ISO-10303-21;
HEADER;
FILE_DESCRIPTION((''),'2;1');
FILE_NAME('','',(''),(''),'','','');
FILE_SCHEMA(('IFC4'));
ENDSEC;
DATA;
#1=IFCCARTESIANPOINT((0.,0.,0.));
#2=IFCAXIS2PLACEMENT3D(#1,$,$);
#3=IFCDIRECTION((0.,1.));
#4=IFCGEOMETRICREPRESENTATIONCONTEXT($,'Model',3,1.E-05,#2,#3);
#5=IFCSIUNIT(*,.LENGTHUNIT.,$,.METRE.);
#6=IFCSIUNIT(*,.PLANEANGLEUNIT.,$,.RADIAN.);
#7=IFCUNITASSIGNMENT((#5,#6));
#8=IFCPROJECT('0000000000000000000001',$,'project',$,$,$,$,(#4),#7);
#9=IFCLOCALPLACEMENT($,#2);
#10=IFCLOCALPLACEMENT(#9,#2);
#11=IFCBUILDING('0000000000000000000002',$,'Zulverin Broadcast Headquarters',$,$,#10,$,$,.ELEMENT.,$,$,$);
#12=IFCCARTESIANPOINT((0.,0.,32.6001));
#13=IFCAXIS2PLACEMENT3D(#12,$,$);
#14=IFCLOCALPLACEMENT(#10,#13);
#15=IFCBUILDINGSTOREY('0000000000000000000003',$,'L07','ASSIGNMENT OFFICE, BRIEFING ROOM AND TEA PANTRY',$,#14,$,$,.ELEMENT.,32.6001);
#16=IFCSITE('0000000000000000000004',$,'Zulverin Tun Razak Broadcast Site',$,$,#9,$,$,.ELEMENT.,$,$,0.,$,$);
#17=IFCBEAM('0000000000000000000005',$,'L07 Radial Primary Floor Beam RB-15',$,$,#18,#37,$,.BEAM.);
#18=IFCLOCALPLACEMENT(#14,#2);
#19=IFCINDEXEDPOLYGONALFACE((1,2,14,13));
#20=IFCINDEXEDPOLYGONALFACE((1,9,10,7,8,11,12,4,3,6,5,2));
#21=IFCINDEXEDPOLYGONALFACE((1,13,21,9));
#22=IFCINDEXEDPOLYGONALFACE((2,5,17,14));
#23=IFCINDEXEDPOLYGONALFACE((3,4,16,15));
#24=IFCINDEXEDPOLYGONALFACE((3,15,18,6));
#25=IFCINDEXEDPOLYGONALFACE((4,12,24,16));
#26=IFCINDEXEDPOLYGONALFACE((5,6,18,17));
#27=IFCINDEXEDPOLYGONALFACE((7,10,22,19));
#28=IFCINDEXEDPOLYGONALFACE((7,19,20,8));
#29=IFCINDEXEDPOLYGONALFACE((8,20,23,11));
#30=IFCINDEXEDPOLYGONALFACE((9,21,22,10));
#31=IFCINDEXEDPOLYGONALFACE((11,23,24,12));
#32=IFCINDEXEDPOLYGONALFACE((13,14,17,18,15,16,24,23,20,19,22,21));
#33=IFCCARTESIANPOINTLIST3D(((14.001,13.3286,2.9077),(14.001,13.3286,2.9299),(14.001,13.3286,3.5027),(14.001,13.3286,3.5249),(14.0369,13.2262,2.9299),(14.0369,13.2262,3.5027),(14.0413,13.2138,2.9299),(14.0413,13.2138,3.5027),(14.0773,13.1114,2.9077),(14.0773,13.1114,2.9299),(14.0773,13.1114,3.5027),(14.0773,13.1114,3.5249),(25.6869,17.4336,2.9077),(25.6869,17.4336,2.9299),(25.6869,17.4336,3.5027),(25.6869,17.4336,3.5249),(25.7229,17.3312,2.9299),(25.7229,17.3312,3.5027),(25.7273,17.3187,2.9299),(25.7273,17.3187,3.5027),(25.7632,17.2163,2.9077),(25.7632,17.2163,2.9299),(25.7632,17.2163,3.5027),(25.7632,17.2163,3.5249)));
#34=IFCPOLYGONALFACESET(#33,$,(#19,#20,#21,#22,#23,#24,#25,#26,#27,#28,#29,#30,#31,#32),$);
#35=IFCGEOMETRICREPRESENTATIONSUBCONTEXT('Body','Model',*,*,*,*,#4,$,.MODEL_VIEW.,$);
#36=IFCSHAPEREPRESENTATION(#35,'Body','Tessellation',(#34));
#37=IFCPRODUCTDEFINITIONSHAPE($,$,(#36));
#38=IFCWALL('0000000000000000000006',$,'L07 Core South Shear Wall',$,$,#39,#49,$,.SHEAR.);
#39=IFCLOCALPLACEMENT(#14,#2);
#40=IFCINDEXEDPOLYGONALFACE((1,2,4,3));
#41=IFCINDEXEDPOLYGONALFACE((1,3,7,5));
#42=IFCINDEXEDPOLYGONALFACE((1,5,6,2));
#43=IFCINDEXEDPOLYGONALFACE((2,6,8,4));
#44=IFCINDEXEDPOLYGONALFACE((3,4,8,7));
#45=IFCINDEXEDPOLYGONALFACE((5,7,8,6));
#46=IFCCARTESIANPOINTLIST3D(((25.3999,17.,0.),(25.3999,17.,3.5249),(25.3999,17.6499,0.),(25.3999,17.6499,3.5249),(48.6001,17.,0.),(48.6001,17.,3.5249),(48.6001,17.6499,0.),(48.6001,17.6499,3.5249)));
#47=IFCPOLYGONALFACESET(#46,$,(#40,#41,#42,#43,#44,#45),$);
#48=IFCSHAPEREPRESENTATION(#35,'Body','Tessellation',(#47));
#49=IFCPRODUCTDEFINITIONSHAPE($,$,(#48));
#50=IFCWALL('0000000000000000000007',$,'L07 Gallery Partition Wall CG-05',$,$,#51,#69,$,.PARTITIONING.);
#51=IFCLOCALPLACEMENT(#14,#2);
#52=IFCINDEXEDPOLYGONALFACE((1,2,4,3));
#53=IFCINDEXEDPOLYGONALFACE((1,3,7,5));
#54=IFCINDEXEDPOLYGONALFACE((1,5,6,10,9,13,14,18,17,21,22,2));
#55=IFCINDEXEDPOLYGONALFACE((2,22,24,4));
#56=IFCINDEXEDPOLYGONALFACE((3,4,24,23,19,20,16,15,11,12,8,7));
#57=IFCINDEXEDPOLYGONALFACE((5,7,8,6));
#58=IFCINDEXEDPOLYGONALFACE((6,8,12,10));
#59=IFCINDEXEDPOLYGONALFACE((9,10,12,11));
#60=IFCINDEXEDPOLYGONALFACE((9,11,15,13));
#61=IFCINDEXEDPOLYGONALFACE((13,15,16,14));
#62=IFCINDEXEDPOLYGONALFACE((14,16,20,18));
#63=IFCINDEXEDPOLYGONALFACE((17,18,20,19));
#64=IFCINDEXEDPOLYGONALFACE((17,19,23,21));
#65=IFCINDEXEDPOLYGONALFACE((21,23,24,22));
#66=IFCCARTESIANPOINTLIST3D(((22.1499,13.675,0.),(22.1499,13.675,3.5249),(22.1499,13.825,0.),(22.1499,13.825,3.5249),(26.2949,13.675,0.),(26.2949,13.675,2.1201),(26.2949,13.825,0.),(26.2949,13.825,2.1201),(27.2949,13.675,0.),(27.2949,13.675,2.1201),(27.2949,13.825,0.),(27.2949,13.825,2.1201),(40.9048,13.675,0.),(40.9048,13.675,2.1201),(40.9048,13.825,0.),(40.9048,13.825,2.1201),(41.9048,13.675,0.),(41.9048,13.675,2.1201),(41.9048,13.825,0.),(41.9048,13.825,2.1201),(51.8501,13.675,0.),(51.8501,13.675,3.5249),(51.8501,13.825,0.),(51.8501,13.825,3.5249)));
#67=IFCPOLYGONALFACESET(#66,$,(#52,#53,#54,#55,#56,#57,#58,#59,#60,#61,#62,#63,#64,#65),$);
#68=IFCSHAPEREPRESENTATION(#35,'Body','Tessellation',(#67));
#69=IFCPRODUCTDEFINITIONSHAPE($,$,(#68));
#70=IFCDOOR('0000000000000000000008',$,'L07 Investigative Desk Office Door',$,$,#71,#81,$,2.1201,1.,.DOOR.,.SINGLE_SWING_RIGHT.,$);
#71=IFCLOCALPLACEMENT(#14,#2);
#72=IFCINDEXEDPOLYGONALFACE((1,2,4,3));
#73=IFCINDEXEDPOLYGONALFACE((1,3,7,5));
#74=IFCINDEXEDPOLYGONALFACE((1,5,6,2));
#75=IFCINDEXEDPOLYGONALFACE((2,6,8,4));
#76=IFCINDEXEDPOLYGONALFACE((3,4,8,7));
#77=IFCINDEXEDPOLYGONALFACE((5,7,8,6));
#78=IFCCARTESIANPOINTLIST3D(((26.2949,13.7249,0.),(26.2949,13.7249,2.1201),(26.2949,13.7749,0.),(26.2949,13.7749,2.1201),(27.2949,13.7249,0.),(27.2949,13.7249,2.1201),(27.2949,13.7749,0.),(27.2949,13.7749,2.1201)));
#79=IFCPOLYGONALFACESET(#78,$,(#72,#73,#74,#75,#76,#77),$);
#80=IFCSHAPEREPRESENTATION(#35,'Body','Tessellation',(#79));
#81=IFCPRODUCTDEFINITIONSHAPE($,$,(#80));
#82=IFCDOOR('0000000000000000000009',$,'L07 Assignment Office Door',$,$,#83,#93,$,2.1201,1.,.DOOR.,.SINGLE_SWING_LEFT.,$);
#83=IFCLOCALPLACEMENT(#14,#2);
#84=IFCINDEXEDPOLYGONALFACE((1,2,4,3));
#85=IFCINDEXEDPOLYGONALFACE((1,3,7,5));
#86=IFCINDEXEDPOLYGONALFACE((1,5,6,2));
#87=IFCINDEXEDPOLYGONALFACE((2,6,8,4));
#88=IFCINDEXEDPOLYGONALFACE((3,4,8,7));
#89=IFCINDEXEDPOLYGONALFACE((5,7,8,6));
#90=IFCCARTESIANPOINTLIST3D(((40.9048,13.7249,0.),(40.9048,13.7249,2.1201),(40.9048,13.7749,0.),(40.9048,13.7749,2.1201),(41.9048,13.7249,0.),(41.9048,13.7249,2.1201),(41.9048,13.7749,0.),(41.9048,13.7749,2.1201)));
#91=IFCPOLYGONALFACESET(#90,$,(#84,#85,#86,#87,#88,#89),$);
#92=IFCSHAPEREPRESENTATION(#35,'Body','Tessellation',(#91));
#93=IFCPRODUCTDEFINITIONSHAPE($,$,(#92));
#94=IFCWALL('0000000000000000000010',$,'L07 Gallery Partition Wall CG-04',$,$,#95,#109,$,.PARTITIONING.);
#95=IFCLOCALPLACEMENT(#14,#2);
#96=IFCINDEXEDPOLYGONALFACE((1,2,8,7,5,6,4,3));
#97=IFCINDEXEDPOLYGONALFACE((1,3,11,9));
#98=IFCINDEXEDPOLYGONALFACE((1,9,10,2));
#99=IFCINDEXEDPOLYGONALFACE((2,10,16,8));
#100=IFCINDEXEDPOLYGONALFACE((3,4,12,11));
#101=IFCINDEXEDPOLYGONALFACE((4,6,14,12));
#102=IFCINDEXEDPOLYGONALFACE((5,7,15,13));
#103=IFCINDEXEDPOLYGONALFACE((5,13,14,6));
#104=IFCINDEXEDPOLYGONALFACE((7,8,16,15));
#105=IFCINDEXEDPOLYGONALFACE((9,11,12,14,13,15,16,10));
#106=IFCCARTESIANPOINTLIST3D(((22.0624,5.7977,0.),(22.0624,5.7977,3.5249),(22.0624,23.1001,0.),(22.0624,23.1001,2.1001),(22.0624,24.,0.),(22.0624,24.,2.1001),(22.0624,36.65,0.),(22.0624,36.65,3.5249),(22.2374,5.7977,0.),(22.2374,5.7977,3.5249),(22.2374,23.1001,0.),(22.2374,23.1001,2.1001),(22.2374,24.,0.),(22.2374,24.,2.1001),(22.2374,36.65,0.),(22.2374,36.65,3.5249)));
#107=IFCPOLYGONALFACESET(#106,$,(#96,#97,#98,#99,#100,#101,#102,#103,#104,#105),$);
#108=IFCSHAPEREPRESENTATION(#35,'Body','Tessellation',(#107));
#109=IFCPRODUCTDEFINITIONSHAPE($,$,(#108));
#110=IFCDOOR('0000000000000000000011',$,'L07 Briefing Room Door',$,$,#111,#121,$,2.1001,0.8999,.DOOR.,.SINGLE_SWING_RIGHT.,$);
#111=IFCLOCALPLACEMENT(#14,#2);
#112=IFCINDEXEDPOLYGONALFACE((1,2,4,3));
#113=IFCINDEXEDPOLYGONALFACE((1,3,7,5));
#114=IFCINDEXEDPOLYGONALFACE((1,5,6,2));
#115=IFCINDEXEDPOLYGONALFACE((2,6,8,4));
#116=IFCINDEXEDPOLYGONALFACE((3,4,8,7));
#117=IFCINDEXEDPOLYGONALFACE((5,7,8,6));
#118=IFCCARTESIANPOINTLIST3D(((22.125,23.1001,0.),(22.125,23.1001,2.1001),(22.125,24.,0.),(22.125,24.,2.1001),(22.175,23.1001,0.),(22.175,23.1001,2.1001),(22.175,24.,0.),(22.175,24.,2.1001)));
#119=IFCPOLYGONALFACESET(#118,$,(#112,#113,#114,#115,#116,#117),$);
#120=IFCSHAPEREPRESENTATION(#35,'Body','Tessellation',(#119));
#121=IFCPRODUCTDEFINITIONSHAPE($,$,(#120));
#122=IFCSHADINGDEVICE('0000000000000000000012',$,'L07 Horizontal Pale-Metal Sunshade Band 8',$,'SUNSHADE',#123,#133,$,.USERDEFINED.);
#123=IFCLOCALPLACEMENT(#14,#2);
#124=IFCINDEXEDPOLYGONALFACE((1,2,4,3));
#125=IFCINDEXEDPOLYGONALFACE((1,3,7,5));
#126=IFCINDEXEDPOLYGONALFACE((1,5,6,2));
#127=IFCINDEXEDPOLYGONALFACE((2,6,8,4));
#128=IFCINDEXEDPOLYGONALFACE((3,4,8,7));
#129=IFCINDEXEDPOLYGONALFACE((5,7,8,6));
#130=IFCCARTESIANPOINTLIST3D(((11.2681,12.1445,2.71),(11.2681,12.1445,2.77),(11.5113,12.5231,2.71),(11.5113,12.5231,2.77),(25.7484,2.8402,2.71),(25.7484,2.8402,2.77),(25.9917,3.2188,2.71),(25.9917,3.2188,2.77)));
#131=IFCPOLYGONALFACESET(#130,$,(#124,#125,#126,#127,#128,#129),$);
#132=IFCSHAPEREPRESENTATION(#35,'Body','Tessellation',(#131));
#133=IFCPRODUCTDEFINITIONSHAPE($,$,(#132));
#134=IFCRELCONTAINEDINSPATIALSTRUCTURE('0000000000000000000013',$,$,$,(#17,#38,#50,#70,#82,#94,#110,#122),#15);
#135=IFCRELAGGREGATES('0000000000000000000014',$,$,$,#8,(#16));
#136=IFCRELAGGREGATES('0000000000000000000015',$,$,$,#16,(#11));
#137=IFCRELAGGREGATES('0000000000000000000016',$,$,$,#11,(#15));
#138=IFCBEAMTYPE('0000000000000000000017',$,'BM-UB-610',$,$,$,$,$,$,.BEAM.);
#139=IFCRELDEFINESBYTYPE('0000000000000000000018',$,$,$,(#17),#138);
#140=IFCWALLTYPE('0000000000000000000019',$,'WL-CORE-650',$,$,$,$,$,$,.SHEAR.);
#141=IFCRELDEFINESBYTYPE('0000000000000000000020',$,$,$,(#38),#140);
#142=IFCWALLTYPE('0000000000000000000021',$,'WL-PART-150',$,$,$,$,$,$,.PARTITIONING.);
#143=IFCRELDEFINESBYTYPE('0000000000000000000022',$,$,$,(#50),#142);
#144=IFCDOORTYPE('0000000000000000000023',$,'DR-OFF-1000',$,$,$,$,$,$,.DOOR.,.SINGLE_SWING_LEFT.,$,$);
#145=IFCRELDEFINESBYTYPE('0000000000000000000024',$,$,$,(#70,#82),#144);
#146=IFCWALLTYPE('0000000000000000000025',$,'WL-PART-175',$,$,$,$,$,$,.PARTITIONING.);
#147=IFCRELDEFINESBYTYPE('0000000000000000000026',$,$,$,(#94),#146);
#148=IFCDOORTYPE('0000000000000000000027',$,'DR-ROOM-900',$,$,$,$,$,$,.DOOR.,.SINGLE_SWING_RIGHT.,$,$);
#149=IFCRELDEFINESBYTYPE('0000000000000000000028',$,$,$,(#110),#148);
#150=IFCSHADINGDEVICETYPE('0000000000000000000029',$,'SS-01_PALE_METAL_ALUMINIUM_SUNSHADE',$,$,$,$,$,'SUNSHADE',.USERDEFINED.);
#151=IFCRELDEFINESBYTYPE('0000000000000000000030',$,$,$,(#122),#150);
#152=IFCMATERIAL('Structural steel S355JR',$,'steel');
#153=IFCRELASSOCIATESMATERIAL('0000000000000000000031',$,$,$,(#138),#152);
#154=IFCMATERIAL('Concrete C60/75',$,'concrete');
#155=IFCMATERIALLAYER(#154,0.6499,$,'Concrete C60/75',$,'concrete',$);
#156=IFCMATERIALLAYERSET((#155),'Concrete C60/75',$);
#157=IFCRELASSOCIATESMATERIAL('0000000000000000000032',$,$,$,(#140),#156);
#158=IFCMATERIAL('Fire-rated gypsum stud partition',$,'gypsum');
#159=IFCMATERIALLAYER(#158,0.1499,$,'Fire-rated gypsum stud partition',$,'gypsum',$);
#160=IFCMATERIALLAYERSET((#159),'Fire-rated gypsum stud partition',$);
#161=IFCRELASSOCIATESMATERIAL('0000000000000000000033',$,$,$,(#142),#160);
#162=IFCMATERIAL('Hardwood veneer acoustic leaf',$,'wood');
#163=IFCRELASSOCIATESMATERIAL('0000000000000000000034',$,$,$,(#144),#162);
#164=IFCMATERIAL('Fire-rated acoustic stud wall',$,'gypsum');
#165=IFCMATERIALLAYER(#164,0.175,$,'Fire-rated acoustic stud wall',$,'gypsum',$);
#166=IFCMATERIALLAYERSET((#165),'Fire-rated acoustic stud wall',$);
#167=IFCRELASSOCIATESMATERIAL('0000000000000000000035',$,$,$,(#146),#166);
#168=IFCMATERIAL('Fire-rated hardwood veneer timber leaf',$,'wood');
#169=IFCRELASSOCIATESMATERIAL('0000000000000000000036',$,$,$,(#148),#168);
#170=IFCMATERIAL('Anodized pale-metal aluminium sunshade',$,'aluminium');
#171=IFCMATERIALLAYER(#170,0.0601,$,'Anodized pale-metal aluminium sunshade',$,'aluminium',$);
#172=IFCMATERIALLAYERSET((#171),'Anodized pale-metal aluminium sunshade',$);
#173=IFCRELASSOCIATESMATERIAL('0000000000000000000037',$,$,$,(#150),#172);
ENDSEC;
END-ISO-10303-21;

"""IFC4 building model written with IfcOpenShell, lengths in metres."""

from ifc_helpers import new_model, si_unit, direction, frame, frame_2d, origin, origin_2d, place, context, subcontext, project, spatial, rectangle, i_section, extrude, material, layer, layer_set, material_profile, profile_set, type_object, element, fill, save


model = new_model("IFC4")

# Units and contexts
model_context = context("Model", 3, precision=1e-05, world=origin(), true_north=direction((0.0, 1.0)))
body_context = subcontext(model_context, "Body", "Model", "MODEL_VIEW")
ifc_project = project(units=[si_unit("LENGTHUNIT", "METRE"), si_unit("PLANEANGLEUNIT", "RADIAN")], contexts=[model_context])

# Site, building, storey
site_placement = place(None, origin())
site = spatial("IfcSite", under=ifc_project, at=site_placement, Name="Zulverin Tun Razak Broadcast Site", CompositionType="ELEMENT", RefElevation=0.0)
building_placement = place(site_placement, origin())
building = spatial("IfcBuilding", under=site, at=building_placement, Name="Zulverin Broadcast Headquarters", CompositionType="ELEMENT")
storey_placement = place(building_placement, frame((0.0, 0.0, 32.6001)))
storey = spatial("IfcBuildingStorey", under=building, at=storey_placement, Name="L07", Description="ASSIGNMENT OFFICE, BRIEFING ROOM AND TEA PANTRY", CompositionType="ELEMENT", Elevation=32.6001)

# Shared definitions
ifc_material_1 = material(Name="Concrete C60/75", Category="concrete")

# Beam
ifc_material_2 = material(Name="Structural steel S355JR", Category="steel")
ifc_material_profile_1 = material_profile(ifc_material_2, i_section(OverallWidth=0.2302, OverallDepth=0.6172, WebThickness=0.0132, FlangeThickness=0.0222, at=origin_2d()), Name="Structural steel S355JR", Category="steel")
ifc_profile_set_1 = profile_set([ifc_material_profile_1], Name="Structural steel S355JR")
beam_type_1 = type_object("IfcBeamType", Name="BM-UB-610", PredefinedType="BEAM", material=ifc_profile_set_1)
beam_1_placement = place(storey_placement, frame((25.7251, 17.325, 3.2163), z_axis=(-0.943483, -0.33142, 0.0), x_axis=(0.33142, -0.943483, 0.0)))
element("IfcBeam", 1, at=beam_1_placement, inside=storey, type_object=beam_type_1, Name="L07 Radial Primary Floor Beam RB-15", PredefinedType="BEAM", context=body_context, shape_type="SweptSolid", body=[
    extrude(i_section(OverallWidth=0.2302, OverallDepth=0.6172, WebThickness=0.0132, FlangeThickness=0.0222, at=origin_2d()), origin(), (0.0, 0.0, 1.0), 12.386),
])

# Wall
ifc_layer_1 = layer(ifc_material_1, 0.6499, Name="Concrete C60/75", Category="concrete")
ifc_layer_set_1 = layer_set([ifc_layer_1], Name="Concrete C60/75")
wall_type_1 = type_object("IfcWallType", Name="WL-CORE-650", PredefinedType="SHEAR", material=ifc_layer_set_1)
wall_1_placement = place(storey_placement, frame((25.3999, 17.325, 0.0), z_axis=(0.0, 0.0, 1.0), x_axis=(1.0, 0.0, 0.0)))
element("IfcWall", 2, at=wall_1_placement, inside=storey, type_object=wall_type_1, Name="L07 Core South Shear Wall", PredefinedType="SHEAR", context=body_context, shape_type="SweptSolid", body=[
    extrude(rectangle(XDim=23.2002, YDim=0.6499, at=frame_2d((11.6001, 0.0))), origin(), (0.0, 0.0, 1.0), 3.5249),
])

# Wall, openings, doors
ifc_material_3 = material(Name="Fire-rated gypsum stud partition", Category="gypsum")
ifc_layer_2 = layer(ifc_material_3, 0.1499, Name="Fire-rated gypsum stud partition", Category="gypsum")
ifc_layer_set_2 = layer_set([ifc_layer_2], Name="Fire-rated gypsum stud partition")
wall_type_2 = type_object("IfcWallType", Name="WL-PART-150", PredefinedType="PARTITIONING", material=ifc_layer_set_2)
wall_2_placement = place(storey_placement, frame((22.1499, 13.75, 0.0), z_axis=(0.0, 0.0, 1.0), x_axis=(1.0, 0.0, 0.0)))
wall_2 = element("IfcWall", 3, at=wall_2_placement, inside=storey, type_object=wall_type_2, Name="L07 Gallery Partition Wall CG-05", PredefinedType="PARTITIONING", context=body_context, shape_type="SweptSolid", body=[
    extrude(rectangle(XDim=29.7002, YDim=0.1499, at=frame_2d((14.8501, 0.0))), origin(), (0.0, 0.0, 1.0), 3.5249),
])
opening_1_placement = place(wall_2_placement, frame((4.145, 0.0, 0.0)))
opening_1 = element("IfcOpeningElement", 4, at=opening_1_placement, cuts=wall_2, PredefinedType="OPENING", context=body_context, shape_type="SweptSolid", body=[
    extrude(rectangle(XDim=1.0, YDim=2.1201, at=frame_2d((0.5, 1.0601))), frame((0.0, 0.085, 0.0), z_axis=(0.0, -1.0, 0.0), x_axis=(1.0, 0.0, 0.0)), (0.0, 0.0, 1.0), 0.1699),
])
opening_2_placement = place(wall_2_placement, frame((18.7549, 0.0, 0.0)))
opening_2 = element("IfcOpeningElement", 5, at=opening_2_placement, cuts=wall_2, PredefinedType="OPENING", context=body_context, shape_type="SweptSolid", body=[
    extrude(rectangle(XDim=1.0, YDim=2.1201, at=frame_2d((0.5, 1.0601))), frame((0.0, 0.085, 0.0), z_axis=(0.0, -1.0, 0.0), x_axis=(1.0, 0.0, 0.0)), (0.0, 0.0, 1.0), 0.1699),
])
ifc_material_4 = material(Name="Hardwood veneer acoustic leaf", Category="wood")
door_type_1 = type_object("IfcDoorType", Name="DR-OFF-1000", OperationType="SINGLE_SWING_LEFT", PredefinedType="DOOR", material=ifc_material_4)
door_1_placement = place(opening_1_placement, origin())
door_1 = element("IfcDoor", 6, at=door_1_placement, inside=storey, type_object=door_type_1, Name="L07 Investigative Desk Office Door", OperationType="SINGLE_SWING_RIGHT", OverallHeight=2.1201, OverallWidth=1.0, PredefinedType="DOOR", context=body_context, shape_type="SweptSolid", body=[
    extrude(rectangle(XDim=1.0, YDim=2.1201, at=frame_2d((0.5, 1.0601))), frame((0.0, 0.0249, 0.0), z_axis=(0.0, -1.0, 0.0), x_axis=(1.0, 0.0, 0.0)), (0.0, 0.0, 1.0), 0.05),
])
fill(opening_1, door_1)
door_2_placement = place(opening_2_placement, origin())
door_2 = element("IfcDoor", 7, at=door_2_placement, inside=storey, type_object=door_type_1, Name="L07 Assignment Office Door", OperationType="SINGLE_SWING_LEFT", OverallHeight=2.1201, OverallWidth=1.0, PredefinedType="DOOR", context=body_context, shape_type="SweptSolid", body=[
    extrude(rectangle(XDim=1.0, YDim=2.1201, at=frame_2d((0.5, 1.0601))), frame((0.0, 0.0249, 0.0), z_axis=(0.0, -1.0, 0.0), x_axis=(1.0, 0.0, 0.0)), (0.0, 0.0, 1.0), 0.05),
])
fill(opening_2, door_2)

# Wall, opening, door
ifc_material_5 = material(Name="Fire-rated acoustic stud wall", Category="gypsum")
ifc_layer_3 = layer(ifc_material_5, 0.175, Name="Fire-rated acoustic stud wall", Category="gypsum")
ifc_layer_set_3 = layer_set([ifc_layer_3], Name="Fire-rated acoustic stud wall")
wall_type_3 = type_object("IfcWallType", Name="WL-PART-175", PredefinedType="PARTITIONING", material=ifc_layer_set_3)
wall_3_placement = place(storey_placement, frame((22.1499, 5.7976, 0.0), z_axis=(0.0, 0.0, 1.0), x_axis=(0.0, 1.0, 0.0)))
wall_3 = element("IfcWall", 8, at=wall_3_placement, inside=storey, type_object=wall_type_3, Name="L07 Gallery Partition Wall CG-04", PredefinedType="PARTITIONING", context=body_context, shape_type="SweptSolid", body=[
    extrude(rectangle(XDim=30.8523, YDim=0.175, at=frame_2d((15.4263, 0.0))), origin(), (0.0, 0.0, 1.0), 3.5249),
])
opening_3_placement = place(wall_3_placement, frame((17.3025, 0.0, 0.0)))
opening_3 = element("IfcOpeningElement", 9, at=opening_3_placement, cuts=wall_3, PredefinedType="OPENING", context=body_context, shape_type="SweptSolid", body=[
    extrude(rectangle(XDim=0.8999, YDim=2.1001, at=frame_2d((0.45, 1.05))), frame((0.0, 0.0974, 0.0), z_axis=(0.0, -1.0, 0.0), x_axis=(1.0, 0.0, 0.0)), (0.0, 0.0, 1.0), 0.1951),
])
ifc_material_6 = material(Name="Fire-rated hardwood veneer timber leaf", Category="wood")
door_type_2 = type_object("IfcDoorType", Name="DR-ROOM-900", OperationType="SINGLE_SWING_RIGHT", PredefinedType="DOOR", material=ifc_material_6)
door_3_placement = place(opening_3_placement, origin())
door_3 = element("IfcDoor", 10, at=door_3_placement, inside=storey, type_object=door_type_2, Name="L07 Briefing Room Door", OperationType="SINGLE_SWING_RIGHT", OverallHeight=2.1001, OverallWidth=0.8999, PredefinedType="DOOR", context=body_context, shape_type="SweptSolid", body=[
    extrude(rectangle(XDim=0.8999, YDim=2.1001, at=frame_2d((0.45, 1.05))), frame((0.0, 0.0249, 0.0), z_axis=(0.0, -1.0, 0.0), x_axis=(1.0, 0.0, 0.0)), (0.0, 0.0, 1.0), 0.05),
])
fill(opening_3, door_3)

# Shading device
ifc_material_7 = material(Name="Anodized pale-metal aluminium sunshade", Category="aluminium")
ifc_layer_4 = layer(ifc_material_7, 0.0601, Name="Anodized pale-metal aluminium sunshade", Category="aluminium")
ifc_layer_set_4 = layer_set([ifc_layer_4], Name="Anodized pale-metal aluminium sunshade")
shading_device_type = type_object("IfcShadingDeviceType", Name="SS-01_PALE_METAL_ALUMINIUM_SUNSHADE", ElementType="SUNSHADE", PredefinedType="USERDEFINED", material=ifc_layer_set_4)
shading_device_placement = place(storey_placement, frame((18.6299, 7.6816, 2.71), z_axis=(0.0, 0.0, 1.0), x_axis=(0.841297, -0.540574, 0.0)))
element("IfcShadingDevice", 11, at=shading_device_placement, inside=storey, type_object=shading_device_type, Name="L07 Horizontal Pale-Metal Sunshade Band 8", ObjectType="SUNSHADE", PredefinedType="USERDEFINED", context=body_context, shape_type="SweptSolid", body=[
    extrude(rectangle(XDim=17.2119, YDim=0.45, at=origin_2d()), origin(), (0.0, 0.0, 1.0), 0.0601),
])

save(model, "model.ifc")
